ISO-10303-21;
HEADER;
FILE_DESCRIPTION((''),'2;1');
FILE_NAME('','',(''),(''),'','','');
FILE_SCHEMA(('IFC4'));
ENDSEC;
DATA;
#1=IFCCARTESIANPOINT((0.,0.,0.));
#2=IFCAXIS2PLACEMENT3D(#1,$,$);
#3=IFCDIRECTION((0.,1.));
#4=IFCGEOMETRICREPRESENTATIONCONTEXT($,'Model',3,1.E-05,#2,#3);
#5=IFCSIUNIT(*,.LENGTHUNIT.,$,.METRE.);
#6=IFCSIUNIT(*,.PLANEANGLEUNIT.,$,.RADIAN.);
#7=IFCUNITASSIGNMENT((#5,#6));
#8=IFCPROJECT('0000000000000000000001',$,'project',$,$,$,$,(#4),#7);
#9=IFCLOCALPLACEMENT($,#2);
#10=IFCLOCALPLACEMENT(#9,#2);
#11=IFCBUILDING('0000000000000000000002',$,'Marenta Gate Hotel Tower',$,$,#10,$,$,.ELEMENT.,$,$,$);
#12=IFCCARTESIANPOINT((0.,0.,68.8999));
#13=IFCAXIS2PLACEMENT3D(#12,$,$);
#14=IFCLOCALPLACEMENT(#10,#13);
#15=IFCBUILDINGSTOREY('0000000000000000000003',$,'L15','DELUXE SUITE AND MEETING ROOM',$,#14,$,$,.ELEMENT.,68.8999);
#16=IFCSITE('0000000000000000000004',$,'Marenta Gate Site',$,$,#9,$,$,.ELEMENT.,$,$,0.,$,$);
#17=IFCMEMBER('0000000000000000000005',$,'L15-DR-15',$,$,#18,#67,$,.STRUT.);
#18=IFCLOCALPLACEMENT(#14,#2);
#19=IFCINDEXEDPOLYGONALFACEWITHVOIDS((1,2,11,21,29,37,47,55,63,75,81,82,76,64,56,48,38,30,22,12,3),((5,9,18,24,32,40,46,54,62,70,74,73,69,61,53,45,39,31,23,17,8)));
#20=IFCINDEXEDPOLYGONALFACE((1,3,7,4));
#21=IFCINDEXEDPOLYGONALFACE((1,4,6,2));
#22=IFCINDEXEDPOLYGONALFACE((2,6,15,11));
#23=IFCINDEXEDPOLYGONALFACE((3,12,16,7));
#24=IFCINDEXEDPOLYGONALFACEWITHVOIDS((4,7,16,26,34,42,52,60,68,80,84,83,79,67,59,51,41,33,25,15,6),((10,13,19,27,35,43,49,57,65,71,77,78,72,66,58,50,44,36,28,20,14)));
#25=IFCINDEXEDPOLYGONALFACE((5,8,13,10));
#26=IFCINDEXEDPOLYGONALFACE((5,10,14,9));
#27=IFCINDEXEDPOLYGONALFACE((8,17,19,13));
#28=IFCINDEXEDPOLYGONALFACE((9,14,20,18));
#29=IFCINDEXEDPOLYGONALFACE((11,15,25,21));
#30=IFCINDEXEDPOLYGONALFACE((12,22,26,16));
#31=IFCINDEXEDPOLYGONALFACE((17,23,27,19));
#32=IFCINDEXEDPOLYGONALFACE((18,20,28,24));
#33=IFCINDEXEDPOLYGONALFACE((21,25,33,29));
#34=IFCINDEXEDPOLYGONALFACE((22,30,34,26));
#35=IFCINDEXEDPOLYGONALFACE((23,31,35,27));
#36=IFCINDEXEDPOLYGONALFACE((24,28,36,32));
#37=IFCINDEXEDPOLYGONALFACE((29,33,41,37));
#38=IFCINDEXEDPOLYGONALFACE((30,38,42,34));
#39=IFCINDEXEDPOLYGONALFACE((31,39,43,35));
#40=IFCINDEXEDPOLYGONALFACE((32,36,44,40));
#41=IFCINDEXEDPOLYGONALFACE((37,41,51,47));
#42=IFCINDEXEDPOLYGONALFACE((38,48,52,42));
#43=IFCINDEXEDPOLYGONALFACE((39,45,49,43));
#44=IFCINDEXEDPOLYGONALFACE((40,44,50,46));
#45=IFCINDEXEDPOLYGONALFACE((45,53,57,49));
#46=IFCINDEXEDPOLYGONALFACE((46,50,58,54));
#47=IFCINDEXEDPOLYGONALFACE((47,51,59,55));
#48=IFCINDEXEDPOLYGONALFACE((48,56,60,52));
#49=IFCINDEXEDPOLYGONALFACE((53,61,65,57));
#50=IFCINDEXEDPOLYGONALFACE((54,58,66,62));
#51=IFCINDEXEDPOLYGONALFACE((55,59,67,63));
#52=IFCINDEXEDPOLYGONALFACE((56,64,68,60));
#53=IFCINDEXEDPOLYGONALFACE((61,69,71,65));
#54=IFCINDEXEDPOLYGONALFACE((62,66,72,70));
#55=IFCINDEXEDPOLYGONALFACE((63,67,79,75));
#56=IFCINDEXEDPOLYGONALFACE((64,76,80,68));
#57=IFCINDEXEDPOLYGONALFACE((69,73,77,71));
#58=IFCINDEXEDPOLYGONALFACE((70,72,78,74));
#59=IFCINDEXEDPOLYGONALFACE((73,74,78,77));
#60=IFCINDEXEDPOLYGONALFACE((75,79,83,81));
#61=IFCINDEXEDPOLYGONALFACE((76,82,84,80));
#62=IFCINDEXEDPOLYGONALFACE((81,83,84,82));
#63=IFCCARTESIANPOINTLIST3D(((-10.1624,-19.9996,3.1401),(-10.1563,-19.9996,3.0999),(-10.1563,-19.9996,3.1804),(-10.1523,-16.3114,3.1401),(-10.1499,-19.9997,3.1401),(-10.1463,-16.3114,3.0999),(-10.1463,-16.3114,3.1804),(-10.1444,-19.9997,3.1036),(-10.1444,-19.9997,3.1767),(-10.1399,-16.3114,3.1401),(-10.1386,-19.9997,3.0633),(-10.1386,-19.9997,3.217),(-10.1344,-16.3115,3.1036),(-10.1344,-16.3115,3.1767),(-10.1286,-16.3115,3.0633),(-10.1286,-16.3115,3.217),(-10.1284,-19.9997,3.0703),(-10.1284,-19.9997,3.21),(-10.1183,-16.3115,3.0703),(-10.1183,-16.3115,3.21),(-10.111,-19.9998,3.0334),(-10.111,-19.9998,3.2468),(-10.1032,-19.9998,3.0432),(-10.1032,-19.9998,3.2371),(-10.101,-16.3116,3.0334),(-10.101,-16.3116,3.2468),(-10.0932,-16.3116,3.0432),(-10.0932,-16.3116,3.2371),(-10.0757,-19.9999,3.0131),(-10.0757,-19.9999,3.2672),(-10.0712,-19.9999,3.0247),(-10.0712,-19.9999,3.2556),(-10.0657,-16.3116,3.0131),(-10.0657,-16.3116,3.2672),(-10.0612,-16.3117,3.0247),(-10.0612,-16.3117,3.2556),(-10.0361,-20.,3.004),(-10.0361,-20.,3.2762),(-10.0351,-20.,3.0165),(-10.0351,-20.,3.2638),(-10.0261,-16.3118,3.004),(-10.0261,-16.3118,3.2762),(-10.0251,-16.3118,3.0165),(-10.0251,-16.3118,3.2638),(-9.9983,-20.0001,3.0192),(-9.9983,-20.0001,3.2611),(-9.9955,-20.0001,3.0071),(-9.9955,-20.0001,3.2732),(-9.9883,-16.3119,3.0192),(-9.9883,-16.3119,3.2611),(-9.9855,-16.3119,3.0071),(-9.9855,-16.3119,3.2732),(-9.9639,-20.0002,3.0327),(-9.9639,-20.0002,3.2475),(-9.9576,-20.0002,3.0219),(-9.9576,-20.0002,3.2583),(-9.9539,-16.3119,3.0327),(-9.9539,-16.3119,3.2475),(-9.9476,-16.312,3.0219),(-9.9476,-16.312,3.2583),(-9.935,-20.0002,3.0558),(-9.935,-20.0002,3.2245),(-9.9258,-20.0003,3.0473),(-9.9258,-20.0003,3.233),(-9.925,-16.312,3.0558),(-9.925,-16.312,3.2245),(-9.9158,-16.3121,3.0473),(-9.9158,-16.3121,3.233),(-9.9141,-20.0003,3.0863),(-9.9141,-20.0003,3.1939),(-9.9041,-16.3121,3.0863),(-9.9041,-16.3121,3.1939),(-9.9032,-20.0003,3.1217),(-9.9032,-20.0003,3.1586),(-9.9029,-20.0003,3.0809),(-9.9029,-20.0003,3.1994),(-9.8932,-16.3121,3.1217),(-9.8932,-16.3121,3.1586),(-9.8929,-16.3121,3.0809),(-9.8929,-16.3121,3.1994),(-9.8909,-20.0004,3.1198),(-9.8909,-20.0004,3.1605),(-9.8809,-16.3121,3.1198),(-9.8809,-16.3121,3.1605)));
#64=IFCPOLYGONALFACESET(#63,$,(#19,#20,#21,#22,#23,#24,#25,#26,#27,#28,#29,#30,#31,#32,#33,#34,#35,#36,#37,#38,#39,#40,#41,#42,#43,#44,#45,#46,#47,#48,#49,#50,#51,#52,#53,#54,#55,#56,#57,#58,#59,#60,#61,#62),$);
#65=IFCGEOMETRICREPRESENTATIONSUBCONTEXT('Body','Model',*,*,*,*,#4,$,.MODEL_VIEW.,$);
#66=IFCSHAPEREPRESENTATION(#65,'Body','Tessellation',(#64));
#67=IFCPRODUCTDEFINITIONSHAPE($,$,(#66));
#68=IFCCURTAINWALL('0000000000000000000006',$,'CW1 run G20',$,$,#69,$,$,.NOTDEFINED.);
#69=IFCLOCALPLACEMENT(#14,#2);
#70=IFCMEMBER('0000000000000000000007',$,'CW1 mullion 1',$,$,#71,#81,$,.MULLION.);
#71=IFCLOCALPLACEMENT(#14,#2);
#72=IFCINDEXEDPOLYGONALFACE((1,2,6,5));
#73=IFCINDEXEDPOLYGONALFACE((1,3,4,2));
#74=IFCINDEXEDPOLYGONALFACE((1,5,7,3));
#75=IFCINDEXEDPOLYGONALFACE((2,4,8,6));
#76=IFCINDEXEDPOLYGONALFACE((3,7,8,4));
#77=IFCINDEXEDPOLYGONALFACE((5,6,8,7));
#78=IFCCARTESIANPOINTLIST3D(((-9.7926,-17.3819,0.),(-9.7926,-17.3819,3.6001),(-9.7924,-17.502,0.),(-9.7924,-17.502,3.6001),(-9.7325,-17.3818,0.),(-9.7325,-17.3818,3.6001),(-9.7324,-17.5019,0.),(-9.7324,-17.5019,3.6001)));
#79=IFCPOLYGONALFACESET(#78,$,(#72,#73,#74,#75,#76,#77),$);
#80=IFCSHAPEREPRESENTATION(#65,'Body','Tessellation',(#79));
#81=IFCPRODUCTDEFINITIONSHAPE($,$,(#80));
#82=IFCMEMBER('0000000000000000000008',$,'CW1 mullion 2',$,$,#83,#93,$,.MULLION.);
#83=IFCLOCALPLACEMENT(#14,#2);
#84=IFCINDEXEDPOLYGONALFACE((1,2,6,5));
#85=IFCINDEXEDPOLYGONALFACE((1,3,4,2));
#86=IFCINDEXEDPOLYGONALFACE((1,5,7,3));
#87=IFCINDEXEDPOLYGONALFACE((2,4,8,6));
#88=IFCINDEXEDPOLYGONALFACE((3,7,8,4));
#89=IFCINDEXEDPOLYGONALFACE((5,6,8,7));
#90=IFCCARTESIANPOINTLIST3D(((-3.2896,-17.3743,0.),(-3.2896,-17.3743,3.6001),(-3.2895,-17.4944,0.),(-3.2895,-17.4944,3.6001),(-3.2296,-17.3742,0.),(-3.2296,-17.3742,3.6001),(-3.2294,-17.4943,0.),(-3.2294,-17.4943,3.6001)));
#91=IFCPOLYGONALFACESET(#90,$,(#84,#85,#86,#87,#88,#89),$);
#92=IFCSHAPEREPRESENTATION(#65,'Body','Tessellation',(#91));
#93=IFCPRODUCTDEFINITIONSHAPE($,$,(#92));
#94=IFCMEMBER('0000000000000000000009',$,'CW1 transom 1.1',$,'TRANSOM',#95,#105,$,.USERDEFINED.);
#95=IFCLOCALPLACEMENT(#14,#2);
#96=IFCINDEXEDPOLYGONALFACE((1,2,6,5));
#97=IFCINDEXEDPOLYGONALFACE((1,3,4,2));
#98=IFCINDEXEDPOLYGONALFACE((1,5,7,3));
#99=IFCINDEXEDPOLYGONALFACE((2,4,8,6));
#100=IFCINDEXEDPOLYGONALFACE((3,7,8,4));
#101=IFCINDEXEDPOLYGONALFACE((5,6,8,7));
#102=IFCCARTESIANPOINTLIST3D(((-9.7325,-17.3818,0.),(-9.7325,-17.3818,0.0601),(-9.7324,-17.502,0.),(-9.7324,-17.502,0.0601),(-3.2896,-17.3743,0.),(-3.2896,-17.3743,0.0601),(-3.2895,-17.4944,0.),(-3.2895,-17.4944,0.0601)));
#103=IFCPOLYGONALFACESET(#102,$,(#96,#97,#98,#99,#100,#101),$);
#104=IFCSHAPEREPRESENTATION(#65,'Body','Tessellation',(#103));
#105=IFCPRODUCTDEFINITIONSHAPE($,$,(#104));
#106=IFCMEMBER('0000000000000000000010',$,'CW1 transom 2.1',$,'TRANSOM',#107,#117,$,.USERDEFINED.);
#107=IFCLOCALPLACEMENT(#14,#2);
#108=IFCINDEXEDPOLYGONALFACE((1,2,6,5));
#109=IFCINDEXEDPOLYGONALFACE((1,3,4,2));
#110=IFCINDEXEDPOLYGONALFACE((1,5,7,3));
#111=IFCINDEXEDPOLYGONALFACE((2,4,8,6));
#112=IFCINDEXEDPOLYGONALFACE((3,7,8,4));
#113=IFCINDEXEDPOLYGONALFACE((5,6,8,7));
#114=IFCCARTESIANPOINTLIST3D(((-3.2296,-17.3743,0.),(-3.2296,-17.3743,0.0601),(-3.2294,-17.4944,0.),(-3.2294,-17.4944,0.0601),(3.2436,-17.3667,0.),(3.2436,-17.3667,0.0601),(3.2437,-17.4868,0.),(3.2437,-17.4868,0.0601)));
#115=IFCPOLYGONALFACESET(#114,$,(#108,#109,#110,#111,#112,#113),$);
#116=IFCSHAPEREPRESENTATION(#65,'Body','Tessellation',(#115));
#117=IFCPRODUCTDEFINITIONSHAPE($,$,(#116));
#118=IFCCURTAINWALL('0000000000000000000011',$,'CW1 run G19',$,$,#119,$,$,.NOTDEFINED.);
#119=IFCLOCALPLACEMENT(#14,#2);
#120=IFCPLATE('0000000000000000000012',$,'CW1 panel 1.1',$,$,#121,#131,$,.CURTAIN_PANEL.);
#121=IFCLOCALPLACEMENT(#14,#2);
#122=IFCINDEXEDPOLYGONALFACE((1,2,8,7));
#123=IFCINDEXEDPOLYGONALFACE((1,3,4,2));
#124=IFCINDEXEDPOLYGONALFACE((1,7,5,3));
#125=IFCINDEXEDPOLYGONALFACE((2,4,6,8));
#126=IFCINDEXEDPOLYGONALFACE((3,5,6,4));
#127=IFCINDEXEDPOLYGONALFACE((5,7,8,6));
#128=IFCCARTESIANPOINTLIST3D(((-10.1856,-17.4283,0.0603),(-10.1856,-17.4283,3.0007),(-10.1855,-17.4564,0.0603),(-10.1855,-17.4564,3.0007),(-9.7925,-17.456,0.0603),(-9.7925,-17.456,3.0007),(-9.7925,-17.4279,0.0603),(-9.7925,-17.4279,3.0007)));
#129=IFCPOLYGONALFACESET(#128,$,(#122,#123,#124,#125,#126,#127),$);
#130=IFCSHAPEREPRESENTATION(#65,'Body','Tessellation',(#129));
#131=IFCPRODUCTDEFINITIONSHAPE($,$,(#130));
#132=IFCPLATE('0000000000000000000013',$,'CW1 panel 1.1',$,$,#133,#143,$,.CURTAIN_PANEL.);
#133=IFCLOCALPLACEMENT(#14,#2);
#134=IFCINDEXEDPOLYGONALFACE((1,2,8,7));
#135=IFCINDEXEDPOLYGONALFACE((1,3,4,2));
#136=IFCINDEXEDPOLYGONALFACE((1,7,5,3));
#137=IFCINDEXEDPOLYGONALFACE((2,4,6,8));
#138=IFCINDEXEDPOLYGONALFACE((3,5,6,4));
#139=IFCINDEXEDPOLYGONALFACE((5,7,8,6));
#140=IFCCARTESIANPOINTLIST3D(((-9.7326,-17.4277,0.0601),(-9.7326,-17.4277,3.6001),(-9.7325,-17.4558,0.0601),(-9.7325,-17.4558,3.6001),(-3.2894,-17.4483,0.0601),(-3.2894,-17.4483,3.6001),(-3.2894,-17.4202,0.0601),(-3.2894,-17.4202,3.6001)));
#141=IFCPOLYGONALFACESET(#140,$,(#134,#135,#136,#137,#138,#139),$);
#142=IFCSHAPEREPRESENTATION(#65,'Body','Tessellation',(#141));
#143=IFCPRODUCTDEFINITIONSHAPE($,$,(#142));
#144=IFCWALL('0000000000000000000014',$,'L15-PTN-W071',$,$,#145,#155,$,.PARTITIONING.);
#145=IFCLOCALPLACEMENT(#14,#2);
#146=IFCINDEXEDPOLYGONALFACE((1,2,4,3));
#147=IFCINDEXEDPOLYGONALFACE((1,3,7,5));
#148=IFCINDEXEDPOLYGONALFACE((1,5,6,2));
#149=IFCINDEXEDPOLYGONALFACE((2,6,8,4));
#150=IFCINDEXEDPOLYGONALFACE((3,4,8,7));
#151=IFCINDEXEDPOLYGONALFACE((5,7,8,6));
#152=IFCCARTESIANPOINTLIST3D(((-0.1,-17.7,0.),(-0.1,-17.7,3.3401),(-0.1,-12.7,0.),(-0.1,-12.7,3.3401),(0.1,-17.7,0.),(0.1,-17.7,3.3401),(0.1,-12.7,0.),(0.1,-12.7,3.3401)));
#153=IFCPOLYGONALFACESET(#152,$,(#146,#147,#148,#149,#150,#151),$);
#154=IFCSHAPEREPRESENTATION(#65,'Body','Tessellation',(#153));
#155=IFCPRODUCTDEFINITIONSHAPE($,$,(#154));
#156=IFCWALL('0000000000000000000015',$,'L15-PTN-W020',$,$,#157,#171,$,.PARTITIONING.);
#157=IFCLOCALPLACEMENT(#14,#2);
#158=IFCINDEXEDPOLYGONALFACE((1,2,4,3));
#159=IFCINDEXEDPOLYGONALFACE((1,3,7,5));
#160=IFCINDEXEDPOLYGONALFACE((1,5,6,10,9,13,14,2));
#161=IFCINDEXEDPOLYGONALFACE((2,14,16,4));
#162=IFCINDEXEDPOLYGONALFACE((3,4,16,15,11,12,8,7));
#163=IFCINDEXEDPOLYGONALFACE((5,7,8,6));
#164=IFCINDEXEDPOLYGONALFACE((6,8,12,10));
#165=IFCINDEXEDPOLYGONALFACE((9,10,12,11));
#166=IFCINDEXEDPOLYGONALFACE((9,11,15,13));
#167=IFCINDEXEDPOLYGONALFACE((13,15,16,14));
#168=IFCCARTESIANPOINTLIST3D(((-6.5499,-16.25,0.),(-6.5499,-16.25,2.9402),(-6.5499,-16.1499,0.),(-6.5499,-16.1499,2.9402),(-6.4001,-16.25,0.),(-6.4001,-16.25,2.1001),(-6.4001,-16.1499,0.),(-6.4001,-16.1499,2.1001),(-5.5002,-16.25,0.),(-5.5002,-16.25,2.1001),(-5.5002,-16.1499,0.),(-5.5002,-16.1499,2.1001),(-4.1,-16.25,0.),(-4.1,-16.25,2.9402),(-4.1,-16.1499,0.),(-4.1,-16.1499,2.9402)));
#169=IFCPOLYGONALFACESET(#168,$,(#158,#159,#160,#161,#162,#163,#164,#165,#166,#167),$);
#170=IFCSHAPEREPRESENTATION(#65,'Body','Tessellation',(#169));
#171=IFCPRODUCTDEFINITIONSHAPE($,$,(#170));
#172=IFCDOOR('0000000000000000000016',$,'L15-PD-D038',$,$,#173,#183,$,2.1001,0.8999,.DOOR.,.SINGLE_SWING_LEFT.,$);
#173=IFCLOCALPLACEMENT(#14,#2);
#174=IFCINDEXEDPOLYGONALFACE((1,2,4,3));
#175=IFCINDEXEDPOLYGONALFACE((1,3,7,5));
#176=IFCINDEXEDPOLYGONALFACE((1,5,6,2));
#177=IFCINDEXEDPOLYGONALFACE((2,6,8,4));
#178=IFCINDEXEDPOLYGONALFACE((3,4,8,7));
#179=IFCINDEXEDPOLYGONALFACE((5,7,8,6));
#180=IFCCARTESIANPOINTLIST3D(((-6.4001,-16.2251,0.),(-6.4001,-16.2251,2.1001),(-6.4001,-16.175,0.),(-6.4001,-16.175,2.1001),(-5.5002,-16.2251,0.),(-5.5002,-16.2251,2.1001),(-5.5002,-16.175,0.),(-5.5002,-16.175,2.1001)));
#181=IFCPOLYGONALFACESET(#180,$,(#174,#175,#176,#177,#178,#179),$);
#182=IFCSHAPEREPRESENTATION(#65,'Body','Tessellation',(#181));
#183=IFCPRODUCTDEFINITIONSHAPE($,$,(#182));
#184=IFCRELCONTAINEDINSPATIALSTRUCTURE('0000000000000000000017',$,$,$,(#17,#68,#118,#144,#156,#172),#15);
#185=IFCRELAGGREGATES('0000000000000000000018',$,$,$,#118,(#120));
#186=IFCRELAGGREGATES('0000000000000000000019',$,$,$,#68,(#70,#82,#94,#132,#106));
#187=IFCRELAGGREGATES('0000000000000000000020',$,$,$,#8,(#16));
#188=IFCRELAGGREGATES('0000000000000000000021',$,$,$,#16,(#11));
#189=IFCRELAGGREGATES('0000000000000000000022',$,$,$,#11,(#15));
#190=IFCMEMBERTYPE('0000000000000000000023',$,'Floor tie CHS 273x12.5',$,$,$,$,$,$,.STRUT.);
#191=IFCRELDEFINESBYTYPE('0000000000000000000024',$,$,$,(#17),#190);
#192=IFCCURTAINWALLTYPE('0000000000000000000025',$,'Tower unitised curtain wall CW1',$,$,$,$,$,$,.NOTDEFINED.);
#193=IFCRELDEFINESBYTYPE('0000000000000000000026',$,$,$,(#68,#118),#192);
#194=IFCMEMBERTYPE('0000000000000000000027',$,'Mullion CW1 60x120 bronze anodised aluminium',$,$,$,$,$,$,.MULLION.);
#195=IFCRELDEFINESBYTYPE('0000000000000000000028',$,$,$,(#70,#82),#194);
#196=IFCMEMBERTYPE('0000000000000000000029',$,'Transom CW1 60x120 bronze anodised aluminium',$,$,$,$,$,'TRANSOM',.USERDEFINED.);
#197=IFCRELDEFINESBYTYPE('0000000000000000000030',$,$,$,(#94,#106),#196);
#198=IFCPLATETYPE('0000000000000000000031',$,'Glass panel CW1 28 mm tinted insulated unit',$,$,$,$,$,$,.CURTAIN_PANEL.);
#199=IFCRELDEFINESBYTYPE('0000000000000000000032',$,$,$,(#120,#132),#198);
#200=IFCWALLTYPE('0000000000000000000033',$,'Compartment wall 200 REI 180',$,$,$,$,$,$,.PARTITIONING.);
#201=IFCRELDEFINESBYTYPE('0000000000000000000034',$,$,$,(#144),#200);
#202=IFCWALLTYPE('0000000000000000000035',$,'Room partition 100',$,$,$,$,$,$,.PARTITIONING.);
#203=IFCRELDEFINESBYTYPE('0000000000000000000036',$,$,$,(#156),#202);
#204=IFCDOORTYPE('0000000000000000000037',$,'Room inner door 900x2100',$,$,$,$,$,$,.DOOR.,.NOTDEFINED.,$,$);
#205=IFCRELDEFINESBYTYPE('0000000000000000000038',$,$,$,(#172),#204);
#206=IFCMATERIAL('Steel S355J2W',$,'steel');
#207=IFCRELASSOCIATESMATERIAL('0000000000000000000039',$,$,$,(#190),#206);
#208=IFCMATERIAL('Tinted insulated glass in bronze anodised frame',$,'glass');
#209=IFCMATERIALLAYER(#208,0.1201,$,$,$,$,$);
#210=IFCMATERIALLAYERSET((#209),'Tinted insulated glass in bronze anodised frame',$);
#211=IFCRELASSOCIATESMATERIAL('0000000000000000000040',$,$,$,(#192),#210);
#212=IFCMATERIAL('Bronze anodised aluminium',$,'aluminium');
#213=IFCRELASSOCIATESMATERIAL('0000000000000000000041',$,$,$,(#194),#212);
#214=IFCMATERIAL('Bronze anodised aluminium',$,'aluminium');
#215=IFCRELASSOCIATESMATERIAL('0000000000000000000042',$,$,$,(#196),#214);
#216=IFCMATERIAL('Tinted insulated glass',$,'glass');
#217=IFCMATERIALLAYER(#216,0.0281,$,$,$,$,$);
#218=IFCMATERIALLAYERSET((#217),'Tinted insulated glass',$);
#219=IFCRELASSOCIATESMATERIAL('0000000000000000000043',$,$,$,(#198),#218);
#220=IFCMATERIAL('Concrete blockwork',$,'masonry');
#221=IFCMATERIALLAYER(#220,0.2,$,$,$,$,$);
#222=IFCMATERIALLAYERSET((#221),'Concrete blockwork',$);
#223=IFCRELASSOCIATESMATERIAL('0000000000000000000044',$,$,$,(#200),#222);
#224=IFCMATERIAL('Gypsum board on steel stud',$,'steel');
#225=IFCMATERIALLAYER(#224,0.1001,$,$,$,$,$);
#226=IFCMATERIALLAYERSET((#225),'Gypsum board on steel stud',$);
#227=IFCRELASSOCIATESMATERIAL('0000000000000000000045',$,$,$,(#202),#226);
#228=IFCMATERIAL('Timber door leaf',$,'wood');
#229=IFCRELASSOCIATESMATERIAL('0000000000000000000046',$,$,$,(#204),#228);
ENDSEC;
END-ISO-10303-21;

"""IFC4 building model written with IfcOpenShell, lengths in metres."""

from ifc_helpers import new_model, si_unit, direction, frame, frame_2d, origin, origin_2d, place, context, subcontext, project, spatial, rectangle, hollow_circle, extrude, material, layer, layer_set, material_profile, profile_set, type_object, element, fill, aggregate, save


model = new_model("IFC4")

# Units and contexts
model_context = context("Model", 3, precision=1e-05, world=origin(), true_north=direction((0.0, 1.0)))
body_context = subcontext(model_context, "Body", "Model", "MODEL_VIEW")
ifc_project = project(units=[si_unit("LENGTHUNIT", "METRE"), si_unit("PLANEANGLEUNIT", "RADIAN")], contexts=[model_context])

# Site, building, storey
site_placement = place(None, origin())
site = spatial("IfcSite", under=ifc_project, at=site_placement, Name="Marenta Gate Site", CompositionType="ELEMENT", RefElevation=0.0)
building_placement = place(site_placement, origin())
building = spatial("IfcBuilding", under=site, at=building_placement, Name="Marenta Gate Hotel Tower", CompositionType="ELEMENT")
storey_placement = place(building_placement, frame((0.0, 0.0, 68.8999)))
storey = spatial("IfcBuildingStorey", under=building, at=storey_placement, Name="L15", Description="DELUXE SUITE AND MEETING ROOM", CompositionType="ELEMENT", Elevation=68.8999)

# Member
ifc_material_1 = material(Name="Steel S355J2W", Category="steel")
ifc_material_profile_1 = material_profile(ifc_material_1, hollow_circle(Radius=0.1365, WallThickness=0.0125, at=origin_2d()), Name="CHS 273x12.5")
ifc_profile_set_1 = profile_set([ifc_material_profile_1], Name="Steel S355J2W")
member_type_1 = type_object("IfcMemberType", Name="Floor tie CHS 273x12.5", PredefinedType="STRUT", material=ifc_profile_set_1)
member_1_placement = place(storey_placement, frame((-10.0259, -20.0, 3.1401), z_axis=(0.002714, 0.999996, 0.0), x_axis=(-0.999996, 0.002714, 0.0)))
element("IfcMember", 1, at=member_1_placement, inside=storey, type_object=member_type_1, Name="L15-DR-15", PredefinedType="STRUT", context=body_context, shape_type="SweptSolid", body=[
    extrude(hollow_circle(Radius=0.1365, WallThickness=0.0125, at=origin_2d()), origin(), (0.0, 0.0, 1.0), 3.6882),
])

# Curtain wall, members
ifc_material_2 = material(Name="Tinted insulated glass in bronze anodised frame", Category="glass")
ifc_layer_1 = layer(ifc_material_2, 0.1201)
ifc_layer_set_1 = layer_set([ifc_layer_1], Name="Tinted insulated glass in bronze anodised frame")
curtain_wall_type = type_object("IfcCurtainWallType", Name="Tower unitised curtain wall CW1", PredefinedType="NOTDEFINED", material=ifc_layer_set_1)
curtain_wall_1_placement = place(storey_placement, origin())
curtain_wall_1 = element("IfcCurtainWall", 2, at=curtain_wall_1_placement, inside=storey, type_object=curtain_wall_type, Name="CW1 run G20", PredefinedType="NOTDEFINED")
ifc_material_3 = material(Name="Bronze anodised aluminium", Category="aluminium")
ifc_material_profile_2 = material_profile(ifc_material_3, rectangle(XDim=0.1201, YDim=0.0601, at=origin_2d()), Name="Mullion CW1 60x120 bronze anodised aluminium")
ifc_profile_set_2 = profile_set([ifc_material_profile_2], Name="Bronze anodised aluminium")
member_type_2 = type_object("IfcMemberType", Name="Mullion CW1 60x120 bronze anodised aluminium", PredefinedType="MULLION", material=ifc_profile_set_2)
member_2_placement = place(storey_placement, frame((-9.7625, -17.4419, 0.0), z_axis=(0.0, 0.0, 1.0), x_axis=(-0.001163, 0.999999, 0.0)))
member_2 = element("IfcMember", 3, at=member_2_placement, type_object=member_type_2, Name="CW1 mullion 1", PredefinedType="MULLION", context=body_context, shape_type="SweptSolid", body=[
    extrude(rectangle(XDim=0.1201, YDim=0.0601, at=origin_2d()), origin(), (0.0, 0.0, 1.0), 3.6001),
])
member_3_placement = place(storey_placement, frame((-3.2595, -17.4343, 0.0), z_axis=(0.0, 0.0, 1.0), x_axis=(-0.001163, 0.999999, 0.0)))
member_3 = element("IfcMember", 4, at=member_3_placement, type_object=member_type_2, Name="CW1 mullion 2", PredefinedType="MULLION", context=body_context, shape_type="SweptSolid", body=[
    extrude(rectangle(XDim=0.1201, YDim=0.0601, at=origin_2d()), origin(), (0.0, 0.0, 1.0), 3.6001),
])
ifc_material_4 = material(Name="Bronze anodised aluminium", Category="aluminium")
ifc_material_profile_3 = material_profile(ifc_material_4, rectangle(XDim=0.1201, YDim=0.0601, at=origin_2d()), Name="Transom CW1 60x120 bronze anodised aluminium")
ifc_profile_set_3 = profile_set([ifc_material_profile_3], Name="Bronze anodised aluminium")
member_type_3 = type_object("IfcMemberType", Name="Transom CW1 60x120 bronze anodised aluminium", ElementType="TRANSOM", PredefinedType="USERDEFINED", material=ifc_profile_set_3)
member_4_placement = place(storey_placement, frame((-9.7324, -17.4419, 0.03), z_axis=(0.999999, 0.001175, 0.0), x_axis=(-0.001175, 0.999999, 0.0)))
member_4 = element("IfcMember", 5, at=member_4_placement, type_object=member_type_3, Name="CW1 transom 1.1", ObjectType="TRANSOM", PredefinedType="USERDEFINED", context=body_context, shape_type="SweptSolid", body=[
    extrude(rectangle(XDim=0.1201, YDim=0.0601, at=origin_2d()), origin(), (0.0, 0.0, 1.0), 6.4429),
])
member_5_placement = place(storey_placement, frame((-3.2295, -17.4343, 0.03), z_axis=(0.999999, 0.001169, 0.0), x_axis=(-0.001169, 0.999999, 0.0)))
member_5 = element("IfcMember", 6, at=member_5_placement, type_object=member_type_3, Name="CW1 transom 2.1", ObjectType="TRANSOM", PredefinedType="USERDEFINED", context=body_context, shape_type="SweptSolid", body=[
    extrude(rectangle(XDim=0.1201, YDim=0.0601, at=origin_2d()), origin(), (0.0, 0.0, 1.0), 6.4731),
])

# Curtain wall, plate
curtain_wall_2_placement = place(storey_placement, origin())
curtain_wall_2 = element("IfcCurtainWall", 7, at=curtain_wall_2_placement, inside=storey, type_object=curtain_wall_type, Name="CW1 run G19", PredefinedType="NOTDEFINED")
ifc_material_5 = material(Name="Tinted insulated glass", Category="glass")
ifc_layer_2 = layer(ifc_material_5, 0.0281)
ifc_layer_set_2 = layer_set([ifc_layer_2], Name="Tinted insulated glass")
plate_type = type_object("IfcPlateType", Name="Glass panel CW1 28 mm tinted insulated unit", PredefinedType="CURTAIN_PANEL", material=ifc_layer_set_2)
plate_1_placement = place(storey_placement, frame((-9.989, -17.4421, 0.0603), z_axis=(0.0, 0.0, 1.0), x_axis=(0.999999, 0.001104, 0.0)))
plate_1 = element("IfcPlate", 8, at=plate_1_placement, type_object=plate_type, Name="CW1 panel 1.1", PredefinedType="CURTAIN_PANEL", context=body_context, shape_type="SweptSolid", body=[
    extrude(rectangle(XDim=0.3931, YDim=0.0281, at=origin_2d()), origin(), (0.0, 0.0, 1.0), 2.9404),
])
aggregate(curtain_wall_2, [plate_1])

# Plate
plate_2_placement = place(storey_placement, frame((-6.511, -17.438, 0.0601), z_axis=(0.0, 0.0, 1.0), x_axis=(0.999999, 0.001163, 0.0)))
plate_2 = element("IfcPlate", 9, at=plate_2_placement, type_object=plate_type, Name="CW1 panel 1.1", PredefinedType="CURTAIN_PANEL", context=body_context, shape_type="SweptSolid", body=[
    extrude(rectangle(XDim=6.4431, YDim=0.0281, at=origin_2d()), origin(), (0.0, 0.0, 1.0), 3.54),
])
aggregate(curtain_wall_1, [member_2, member_3, member_4, plate_2, member_5])

# Wall
ifc_material_6 = material(Name="Concrete blockwork", Category="masonry")
ifc_layer_3 = layer(ifc_material_6, 0.2)
ifc_layer_set_3 = layer_set([ifc_layer_3], Name="Concrete blockwork")
wall_type_1 = type_object("IfcWallType", Name="Compartment wall 200 REI 180", PredefinedType="PARTITIONING", material=ifc_layer_set_3)
wall_1_placement = place(storey_placement, frame((0.0, -17.7, 0.0), z_axis=(0.0, 0.0, 1.0), x_axis=(0.0, 1.0, 0.0)))
element("IfcWall", 10, at=wall_1_placement, inside=storey, type_object=wall_type_1, Name="L15-PTN-W071", PredefinedType="PARTITIONING", context=body_context, shape_type="SweptSolid", body=[
    extrude(rectangle(XDim=5.0, YDim=0.2, at=frame_2d((2.5, 0.0))), origin(), (0.0, 0.0, 1.0), 3.3401),
])

# Wall, opening, door
ifc_material_7 = material(Name="Gypsum board on steel stud", Category="steel")
ifc_layer_4 = layer(ifc_material_7, 0.1001)
ifc_layer_set_4 = layer_set([ifc_layer_4], Name="Gypsum board on steel stud")
wall_type_2 = type_object("IfcWallType", Name="Room partition 100", PredefinedType="PARTITIONING", material=ifc_layer_set_4)
wall_2_placement = place(storey_placement, frame((-6.55, -16.2, 0.0), z_axis=(0.0, 0.0, 1.0), x_axis=(1.0, 0.0, 0.0)))
wall_2 = element("IfcWall", 11, at=wall_2_placement, inside=storey, type_object=wall_type_2, Name="L15-PTN-W020", PredefinedType="PARTITIONING", context=body_context, shape_type="SweptSolid", body=[
    extrude(rectangle(XDim=2.45, YDim=0.1001, at=frame_2d((1.2251, 0.0))), origin(), (0.0, 0.0, 1.0), 2.9402),
])
opening_1_placement = place(wall_2_placement, frame((0.1499, 0.0, 0.0)))
opening_1 = element("IfcOpeningElement", 12, at=opening_1_placement, cuts=wall_2, PredefinedType="OPENING", context=body_context, shape_type="SweptSolid", body=[
    extrude(rectangle(XDim=0.8999, YDim=2.1001, at=frame_2d((0.45, 1.05))), frame((0.0, 0.05, 0.0), z_axis=(0.0, -1.0, 0.0), x_axis=(1.0, 0.0, 0.0)), (0.0, 0.0, 1.0), 0.1001),
])
ifc_material_8 = material(Name="Timber door leaf", Category="wood")
door_type_1 = type_object("IfcDoorType", Name="Room inner door 900x2100", OperationType="NOTDEFINED", PredefinedType="DOOR", material=ifc_material_8)
door_1_placement = place(opening_1_placement, origin())
door_1 = element("IfcDoor", 13, at=door_1_placement, inside=storey, type_object=door_type_1, Name="L15-PD-D038", OperationType="SINGLE_SWING_LEFT", OverallHeight=2.1001, OverallWidth=0.8999, PredefinedType="DOOR", context=body_context, shape_type="SweptSolid", body=[
    extrude(rectangle(XDim=0.8999, YDim=2.1001, at=frame_2d((0.45, 1.05))), frame((0.0, 0.0249, 0.0), z_axis=(0.0, -1.0, 0.0), x_axis=(1.0, 0.0, 0.0)), (0.0, 0.0, 1.0), 0.05),
])
fill(opening_1, door_1)

save(model, "model.ifc")
